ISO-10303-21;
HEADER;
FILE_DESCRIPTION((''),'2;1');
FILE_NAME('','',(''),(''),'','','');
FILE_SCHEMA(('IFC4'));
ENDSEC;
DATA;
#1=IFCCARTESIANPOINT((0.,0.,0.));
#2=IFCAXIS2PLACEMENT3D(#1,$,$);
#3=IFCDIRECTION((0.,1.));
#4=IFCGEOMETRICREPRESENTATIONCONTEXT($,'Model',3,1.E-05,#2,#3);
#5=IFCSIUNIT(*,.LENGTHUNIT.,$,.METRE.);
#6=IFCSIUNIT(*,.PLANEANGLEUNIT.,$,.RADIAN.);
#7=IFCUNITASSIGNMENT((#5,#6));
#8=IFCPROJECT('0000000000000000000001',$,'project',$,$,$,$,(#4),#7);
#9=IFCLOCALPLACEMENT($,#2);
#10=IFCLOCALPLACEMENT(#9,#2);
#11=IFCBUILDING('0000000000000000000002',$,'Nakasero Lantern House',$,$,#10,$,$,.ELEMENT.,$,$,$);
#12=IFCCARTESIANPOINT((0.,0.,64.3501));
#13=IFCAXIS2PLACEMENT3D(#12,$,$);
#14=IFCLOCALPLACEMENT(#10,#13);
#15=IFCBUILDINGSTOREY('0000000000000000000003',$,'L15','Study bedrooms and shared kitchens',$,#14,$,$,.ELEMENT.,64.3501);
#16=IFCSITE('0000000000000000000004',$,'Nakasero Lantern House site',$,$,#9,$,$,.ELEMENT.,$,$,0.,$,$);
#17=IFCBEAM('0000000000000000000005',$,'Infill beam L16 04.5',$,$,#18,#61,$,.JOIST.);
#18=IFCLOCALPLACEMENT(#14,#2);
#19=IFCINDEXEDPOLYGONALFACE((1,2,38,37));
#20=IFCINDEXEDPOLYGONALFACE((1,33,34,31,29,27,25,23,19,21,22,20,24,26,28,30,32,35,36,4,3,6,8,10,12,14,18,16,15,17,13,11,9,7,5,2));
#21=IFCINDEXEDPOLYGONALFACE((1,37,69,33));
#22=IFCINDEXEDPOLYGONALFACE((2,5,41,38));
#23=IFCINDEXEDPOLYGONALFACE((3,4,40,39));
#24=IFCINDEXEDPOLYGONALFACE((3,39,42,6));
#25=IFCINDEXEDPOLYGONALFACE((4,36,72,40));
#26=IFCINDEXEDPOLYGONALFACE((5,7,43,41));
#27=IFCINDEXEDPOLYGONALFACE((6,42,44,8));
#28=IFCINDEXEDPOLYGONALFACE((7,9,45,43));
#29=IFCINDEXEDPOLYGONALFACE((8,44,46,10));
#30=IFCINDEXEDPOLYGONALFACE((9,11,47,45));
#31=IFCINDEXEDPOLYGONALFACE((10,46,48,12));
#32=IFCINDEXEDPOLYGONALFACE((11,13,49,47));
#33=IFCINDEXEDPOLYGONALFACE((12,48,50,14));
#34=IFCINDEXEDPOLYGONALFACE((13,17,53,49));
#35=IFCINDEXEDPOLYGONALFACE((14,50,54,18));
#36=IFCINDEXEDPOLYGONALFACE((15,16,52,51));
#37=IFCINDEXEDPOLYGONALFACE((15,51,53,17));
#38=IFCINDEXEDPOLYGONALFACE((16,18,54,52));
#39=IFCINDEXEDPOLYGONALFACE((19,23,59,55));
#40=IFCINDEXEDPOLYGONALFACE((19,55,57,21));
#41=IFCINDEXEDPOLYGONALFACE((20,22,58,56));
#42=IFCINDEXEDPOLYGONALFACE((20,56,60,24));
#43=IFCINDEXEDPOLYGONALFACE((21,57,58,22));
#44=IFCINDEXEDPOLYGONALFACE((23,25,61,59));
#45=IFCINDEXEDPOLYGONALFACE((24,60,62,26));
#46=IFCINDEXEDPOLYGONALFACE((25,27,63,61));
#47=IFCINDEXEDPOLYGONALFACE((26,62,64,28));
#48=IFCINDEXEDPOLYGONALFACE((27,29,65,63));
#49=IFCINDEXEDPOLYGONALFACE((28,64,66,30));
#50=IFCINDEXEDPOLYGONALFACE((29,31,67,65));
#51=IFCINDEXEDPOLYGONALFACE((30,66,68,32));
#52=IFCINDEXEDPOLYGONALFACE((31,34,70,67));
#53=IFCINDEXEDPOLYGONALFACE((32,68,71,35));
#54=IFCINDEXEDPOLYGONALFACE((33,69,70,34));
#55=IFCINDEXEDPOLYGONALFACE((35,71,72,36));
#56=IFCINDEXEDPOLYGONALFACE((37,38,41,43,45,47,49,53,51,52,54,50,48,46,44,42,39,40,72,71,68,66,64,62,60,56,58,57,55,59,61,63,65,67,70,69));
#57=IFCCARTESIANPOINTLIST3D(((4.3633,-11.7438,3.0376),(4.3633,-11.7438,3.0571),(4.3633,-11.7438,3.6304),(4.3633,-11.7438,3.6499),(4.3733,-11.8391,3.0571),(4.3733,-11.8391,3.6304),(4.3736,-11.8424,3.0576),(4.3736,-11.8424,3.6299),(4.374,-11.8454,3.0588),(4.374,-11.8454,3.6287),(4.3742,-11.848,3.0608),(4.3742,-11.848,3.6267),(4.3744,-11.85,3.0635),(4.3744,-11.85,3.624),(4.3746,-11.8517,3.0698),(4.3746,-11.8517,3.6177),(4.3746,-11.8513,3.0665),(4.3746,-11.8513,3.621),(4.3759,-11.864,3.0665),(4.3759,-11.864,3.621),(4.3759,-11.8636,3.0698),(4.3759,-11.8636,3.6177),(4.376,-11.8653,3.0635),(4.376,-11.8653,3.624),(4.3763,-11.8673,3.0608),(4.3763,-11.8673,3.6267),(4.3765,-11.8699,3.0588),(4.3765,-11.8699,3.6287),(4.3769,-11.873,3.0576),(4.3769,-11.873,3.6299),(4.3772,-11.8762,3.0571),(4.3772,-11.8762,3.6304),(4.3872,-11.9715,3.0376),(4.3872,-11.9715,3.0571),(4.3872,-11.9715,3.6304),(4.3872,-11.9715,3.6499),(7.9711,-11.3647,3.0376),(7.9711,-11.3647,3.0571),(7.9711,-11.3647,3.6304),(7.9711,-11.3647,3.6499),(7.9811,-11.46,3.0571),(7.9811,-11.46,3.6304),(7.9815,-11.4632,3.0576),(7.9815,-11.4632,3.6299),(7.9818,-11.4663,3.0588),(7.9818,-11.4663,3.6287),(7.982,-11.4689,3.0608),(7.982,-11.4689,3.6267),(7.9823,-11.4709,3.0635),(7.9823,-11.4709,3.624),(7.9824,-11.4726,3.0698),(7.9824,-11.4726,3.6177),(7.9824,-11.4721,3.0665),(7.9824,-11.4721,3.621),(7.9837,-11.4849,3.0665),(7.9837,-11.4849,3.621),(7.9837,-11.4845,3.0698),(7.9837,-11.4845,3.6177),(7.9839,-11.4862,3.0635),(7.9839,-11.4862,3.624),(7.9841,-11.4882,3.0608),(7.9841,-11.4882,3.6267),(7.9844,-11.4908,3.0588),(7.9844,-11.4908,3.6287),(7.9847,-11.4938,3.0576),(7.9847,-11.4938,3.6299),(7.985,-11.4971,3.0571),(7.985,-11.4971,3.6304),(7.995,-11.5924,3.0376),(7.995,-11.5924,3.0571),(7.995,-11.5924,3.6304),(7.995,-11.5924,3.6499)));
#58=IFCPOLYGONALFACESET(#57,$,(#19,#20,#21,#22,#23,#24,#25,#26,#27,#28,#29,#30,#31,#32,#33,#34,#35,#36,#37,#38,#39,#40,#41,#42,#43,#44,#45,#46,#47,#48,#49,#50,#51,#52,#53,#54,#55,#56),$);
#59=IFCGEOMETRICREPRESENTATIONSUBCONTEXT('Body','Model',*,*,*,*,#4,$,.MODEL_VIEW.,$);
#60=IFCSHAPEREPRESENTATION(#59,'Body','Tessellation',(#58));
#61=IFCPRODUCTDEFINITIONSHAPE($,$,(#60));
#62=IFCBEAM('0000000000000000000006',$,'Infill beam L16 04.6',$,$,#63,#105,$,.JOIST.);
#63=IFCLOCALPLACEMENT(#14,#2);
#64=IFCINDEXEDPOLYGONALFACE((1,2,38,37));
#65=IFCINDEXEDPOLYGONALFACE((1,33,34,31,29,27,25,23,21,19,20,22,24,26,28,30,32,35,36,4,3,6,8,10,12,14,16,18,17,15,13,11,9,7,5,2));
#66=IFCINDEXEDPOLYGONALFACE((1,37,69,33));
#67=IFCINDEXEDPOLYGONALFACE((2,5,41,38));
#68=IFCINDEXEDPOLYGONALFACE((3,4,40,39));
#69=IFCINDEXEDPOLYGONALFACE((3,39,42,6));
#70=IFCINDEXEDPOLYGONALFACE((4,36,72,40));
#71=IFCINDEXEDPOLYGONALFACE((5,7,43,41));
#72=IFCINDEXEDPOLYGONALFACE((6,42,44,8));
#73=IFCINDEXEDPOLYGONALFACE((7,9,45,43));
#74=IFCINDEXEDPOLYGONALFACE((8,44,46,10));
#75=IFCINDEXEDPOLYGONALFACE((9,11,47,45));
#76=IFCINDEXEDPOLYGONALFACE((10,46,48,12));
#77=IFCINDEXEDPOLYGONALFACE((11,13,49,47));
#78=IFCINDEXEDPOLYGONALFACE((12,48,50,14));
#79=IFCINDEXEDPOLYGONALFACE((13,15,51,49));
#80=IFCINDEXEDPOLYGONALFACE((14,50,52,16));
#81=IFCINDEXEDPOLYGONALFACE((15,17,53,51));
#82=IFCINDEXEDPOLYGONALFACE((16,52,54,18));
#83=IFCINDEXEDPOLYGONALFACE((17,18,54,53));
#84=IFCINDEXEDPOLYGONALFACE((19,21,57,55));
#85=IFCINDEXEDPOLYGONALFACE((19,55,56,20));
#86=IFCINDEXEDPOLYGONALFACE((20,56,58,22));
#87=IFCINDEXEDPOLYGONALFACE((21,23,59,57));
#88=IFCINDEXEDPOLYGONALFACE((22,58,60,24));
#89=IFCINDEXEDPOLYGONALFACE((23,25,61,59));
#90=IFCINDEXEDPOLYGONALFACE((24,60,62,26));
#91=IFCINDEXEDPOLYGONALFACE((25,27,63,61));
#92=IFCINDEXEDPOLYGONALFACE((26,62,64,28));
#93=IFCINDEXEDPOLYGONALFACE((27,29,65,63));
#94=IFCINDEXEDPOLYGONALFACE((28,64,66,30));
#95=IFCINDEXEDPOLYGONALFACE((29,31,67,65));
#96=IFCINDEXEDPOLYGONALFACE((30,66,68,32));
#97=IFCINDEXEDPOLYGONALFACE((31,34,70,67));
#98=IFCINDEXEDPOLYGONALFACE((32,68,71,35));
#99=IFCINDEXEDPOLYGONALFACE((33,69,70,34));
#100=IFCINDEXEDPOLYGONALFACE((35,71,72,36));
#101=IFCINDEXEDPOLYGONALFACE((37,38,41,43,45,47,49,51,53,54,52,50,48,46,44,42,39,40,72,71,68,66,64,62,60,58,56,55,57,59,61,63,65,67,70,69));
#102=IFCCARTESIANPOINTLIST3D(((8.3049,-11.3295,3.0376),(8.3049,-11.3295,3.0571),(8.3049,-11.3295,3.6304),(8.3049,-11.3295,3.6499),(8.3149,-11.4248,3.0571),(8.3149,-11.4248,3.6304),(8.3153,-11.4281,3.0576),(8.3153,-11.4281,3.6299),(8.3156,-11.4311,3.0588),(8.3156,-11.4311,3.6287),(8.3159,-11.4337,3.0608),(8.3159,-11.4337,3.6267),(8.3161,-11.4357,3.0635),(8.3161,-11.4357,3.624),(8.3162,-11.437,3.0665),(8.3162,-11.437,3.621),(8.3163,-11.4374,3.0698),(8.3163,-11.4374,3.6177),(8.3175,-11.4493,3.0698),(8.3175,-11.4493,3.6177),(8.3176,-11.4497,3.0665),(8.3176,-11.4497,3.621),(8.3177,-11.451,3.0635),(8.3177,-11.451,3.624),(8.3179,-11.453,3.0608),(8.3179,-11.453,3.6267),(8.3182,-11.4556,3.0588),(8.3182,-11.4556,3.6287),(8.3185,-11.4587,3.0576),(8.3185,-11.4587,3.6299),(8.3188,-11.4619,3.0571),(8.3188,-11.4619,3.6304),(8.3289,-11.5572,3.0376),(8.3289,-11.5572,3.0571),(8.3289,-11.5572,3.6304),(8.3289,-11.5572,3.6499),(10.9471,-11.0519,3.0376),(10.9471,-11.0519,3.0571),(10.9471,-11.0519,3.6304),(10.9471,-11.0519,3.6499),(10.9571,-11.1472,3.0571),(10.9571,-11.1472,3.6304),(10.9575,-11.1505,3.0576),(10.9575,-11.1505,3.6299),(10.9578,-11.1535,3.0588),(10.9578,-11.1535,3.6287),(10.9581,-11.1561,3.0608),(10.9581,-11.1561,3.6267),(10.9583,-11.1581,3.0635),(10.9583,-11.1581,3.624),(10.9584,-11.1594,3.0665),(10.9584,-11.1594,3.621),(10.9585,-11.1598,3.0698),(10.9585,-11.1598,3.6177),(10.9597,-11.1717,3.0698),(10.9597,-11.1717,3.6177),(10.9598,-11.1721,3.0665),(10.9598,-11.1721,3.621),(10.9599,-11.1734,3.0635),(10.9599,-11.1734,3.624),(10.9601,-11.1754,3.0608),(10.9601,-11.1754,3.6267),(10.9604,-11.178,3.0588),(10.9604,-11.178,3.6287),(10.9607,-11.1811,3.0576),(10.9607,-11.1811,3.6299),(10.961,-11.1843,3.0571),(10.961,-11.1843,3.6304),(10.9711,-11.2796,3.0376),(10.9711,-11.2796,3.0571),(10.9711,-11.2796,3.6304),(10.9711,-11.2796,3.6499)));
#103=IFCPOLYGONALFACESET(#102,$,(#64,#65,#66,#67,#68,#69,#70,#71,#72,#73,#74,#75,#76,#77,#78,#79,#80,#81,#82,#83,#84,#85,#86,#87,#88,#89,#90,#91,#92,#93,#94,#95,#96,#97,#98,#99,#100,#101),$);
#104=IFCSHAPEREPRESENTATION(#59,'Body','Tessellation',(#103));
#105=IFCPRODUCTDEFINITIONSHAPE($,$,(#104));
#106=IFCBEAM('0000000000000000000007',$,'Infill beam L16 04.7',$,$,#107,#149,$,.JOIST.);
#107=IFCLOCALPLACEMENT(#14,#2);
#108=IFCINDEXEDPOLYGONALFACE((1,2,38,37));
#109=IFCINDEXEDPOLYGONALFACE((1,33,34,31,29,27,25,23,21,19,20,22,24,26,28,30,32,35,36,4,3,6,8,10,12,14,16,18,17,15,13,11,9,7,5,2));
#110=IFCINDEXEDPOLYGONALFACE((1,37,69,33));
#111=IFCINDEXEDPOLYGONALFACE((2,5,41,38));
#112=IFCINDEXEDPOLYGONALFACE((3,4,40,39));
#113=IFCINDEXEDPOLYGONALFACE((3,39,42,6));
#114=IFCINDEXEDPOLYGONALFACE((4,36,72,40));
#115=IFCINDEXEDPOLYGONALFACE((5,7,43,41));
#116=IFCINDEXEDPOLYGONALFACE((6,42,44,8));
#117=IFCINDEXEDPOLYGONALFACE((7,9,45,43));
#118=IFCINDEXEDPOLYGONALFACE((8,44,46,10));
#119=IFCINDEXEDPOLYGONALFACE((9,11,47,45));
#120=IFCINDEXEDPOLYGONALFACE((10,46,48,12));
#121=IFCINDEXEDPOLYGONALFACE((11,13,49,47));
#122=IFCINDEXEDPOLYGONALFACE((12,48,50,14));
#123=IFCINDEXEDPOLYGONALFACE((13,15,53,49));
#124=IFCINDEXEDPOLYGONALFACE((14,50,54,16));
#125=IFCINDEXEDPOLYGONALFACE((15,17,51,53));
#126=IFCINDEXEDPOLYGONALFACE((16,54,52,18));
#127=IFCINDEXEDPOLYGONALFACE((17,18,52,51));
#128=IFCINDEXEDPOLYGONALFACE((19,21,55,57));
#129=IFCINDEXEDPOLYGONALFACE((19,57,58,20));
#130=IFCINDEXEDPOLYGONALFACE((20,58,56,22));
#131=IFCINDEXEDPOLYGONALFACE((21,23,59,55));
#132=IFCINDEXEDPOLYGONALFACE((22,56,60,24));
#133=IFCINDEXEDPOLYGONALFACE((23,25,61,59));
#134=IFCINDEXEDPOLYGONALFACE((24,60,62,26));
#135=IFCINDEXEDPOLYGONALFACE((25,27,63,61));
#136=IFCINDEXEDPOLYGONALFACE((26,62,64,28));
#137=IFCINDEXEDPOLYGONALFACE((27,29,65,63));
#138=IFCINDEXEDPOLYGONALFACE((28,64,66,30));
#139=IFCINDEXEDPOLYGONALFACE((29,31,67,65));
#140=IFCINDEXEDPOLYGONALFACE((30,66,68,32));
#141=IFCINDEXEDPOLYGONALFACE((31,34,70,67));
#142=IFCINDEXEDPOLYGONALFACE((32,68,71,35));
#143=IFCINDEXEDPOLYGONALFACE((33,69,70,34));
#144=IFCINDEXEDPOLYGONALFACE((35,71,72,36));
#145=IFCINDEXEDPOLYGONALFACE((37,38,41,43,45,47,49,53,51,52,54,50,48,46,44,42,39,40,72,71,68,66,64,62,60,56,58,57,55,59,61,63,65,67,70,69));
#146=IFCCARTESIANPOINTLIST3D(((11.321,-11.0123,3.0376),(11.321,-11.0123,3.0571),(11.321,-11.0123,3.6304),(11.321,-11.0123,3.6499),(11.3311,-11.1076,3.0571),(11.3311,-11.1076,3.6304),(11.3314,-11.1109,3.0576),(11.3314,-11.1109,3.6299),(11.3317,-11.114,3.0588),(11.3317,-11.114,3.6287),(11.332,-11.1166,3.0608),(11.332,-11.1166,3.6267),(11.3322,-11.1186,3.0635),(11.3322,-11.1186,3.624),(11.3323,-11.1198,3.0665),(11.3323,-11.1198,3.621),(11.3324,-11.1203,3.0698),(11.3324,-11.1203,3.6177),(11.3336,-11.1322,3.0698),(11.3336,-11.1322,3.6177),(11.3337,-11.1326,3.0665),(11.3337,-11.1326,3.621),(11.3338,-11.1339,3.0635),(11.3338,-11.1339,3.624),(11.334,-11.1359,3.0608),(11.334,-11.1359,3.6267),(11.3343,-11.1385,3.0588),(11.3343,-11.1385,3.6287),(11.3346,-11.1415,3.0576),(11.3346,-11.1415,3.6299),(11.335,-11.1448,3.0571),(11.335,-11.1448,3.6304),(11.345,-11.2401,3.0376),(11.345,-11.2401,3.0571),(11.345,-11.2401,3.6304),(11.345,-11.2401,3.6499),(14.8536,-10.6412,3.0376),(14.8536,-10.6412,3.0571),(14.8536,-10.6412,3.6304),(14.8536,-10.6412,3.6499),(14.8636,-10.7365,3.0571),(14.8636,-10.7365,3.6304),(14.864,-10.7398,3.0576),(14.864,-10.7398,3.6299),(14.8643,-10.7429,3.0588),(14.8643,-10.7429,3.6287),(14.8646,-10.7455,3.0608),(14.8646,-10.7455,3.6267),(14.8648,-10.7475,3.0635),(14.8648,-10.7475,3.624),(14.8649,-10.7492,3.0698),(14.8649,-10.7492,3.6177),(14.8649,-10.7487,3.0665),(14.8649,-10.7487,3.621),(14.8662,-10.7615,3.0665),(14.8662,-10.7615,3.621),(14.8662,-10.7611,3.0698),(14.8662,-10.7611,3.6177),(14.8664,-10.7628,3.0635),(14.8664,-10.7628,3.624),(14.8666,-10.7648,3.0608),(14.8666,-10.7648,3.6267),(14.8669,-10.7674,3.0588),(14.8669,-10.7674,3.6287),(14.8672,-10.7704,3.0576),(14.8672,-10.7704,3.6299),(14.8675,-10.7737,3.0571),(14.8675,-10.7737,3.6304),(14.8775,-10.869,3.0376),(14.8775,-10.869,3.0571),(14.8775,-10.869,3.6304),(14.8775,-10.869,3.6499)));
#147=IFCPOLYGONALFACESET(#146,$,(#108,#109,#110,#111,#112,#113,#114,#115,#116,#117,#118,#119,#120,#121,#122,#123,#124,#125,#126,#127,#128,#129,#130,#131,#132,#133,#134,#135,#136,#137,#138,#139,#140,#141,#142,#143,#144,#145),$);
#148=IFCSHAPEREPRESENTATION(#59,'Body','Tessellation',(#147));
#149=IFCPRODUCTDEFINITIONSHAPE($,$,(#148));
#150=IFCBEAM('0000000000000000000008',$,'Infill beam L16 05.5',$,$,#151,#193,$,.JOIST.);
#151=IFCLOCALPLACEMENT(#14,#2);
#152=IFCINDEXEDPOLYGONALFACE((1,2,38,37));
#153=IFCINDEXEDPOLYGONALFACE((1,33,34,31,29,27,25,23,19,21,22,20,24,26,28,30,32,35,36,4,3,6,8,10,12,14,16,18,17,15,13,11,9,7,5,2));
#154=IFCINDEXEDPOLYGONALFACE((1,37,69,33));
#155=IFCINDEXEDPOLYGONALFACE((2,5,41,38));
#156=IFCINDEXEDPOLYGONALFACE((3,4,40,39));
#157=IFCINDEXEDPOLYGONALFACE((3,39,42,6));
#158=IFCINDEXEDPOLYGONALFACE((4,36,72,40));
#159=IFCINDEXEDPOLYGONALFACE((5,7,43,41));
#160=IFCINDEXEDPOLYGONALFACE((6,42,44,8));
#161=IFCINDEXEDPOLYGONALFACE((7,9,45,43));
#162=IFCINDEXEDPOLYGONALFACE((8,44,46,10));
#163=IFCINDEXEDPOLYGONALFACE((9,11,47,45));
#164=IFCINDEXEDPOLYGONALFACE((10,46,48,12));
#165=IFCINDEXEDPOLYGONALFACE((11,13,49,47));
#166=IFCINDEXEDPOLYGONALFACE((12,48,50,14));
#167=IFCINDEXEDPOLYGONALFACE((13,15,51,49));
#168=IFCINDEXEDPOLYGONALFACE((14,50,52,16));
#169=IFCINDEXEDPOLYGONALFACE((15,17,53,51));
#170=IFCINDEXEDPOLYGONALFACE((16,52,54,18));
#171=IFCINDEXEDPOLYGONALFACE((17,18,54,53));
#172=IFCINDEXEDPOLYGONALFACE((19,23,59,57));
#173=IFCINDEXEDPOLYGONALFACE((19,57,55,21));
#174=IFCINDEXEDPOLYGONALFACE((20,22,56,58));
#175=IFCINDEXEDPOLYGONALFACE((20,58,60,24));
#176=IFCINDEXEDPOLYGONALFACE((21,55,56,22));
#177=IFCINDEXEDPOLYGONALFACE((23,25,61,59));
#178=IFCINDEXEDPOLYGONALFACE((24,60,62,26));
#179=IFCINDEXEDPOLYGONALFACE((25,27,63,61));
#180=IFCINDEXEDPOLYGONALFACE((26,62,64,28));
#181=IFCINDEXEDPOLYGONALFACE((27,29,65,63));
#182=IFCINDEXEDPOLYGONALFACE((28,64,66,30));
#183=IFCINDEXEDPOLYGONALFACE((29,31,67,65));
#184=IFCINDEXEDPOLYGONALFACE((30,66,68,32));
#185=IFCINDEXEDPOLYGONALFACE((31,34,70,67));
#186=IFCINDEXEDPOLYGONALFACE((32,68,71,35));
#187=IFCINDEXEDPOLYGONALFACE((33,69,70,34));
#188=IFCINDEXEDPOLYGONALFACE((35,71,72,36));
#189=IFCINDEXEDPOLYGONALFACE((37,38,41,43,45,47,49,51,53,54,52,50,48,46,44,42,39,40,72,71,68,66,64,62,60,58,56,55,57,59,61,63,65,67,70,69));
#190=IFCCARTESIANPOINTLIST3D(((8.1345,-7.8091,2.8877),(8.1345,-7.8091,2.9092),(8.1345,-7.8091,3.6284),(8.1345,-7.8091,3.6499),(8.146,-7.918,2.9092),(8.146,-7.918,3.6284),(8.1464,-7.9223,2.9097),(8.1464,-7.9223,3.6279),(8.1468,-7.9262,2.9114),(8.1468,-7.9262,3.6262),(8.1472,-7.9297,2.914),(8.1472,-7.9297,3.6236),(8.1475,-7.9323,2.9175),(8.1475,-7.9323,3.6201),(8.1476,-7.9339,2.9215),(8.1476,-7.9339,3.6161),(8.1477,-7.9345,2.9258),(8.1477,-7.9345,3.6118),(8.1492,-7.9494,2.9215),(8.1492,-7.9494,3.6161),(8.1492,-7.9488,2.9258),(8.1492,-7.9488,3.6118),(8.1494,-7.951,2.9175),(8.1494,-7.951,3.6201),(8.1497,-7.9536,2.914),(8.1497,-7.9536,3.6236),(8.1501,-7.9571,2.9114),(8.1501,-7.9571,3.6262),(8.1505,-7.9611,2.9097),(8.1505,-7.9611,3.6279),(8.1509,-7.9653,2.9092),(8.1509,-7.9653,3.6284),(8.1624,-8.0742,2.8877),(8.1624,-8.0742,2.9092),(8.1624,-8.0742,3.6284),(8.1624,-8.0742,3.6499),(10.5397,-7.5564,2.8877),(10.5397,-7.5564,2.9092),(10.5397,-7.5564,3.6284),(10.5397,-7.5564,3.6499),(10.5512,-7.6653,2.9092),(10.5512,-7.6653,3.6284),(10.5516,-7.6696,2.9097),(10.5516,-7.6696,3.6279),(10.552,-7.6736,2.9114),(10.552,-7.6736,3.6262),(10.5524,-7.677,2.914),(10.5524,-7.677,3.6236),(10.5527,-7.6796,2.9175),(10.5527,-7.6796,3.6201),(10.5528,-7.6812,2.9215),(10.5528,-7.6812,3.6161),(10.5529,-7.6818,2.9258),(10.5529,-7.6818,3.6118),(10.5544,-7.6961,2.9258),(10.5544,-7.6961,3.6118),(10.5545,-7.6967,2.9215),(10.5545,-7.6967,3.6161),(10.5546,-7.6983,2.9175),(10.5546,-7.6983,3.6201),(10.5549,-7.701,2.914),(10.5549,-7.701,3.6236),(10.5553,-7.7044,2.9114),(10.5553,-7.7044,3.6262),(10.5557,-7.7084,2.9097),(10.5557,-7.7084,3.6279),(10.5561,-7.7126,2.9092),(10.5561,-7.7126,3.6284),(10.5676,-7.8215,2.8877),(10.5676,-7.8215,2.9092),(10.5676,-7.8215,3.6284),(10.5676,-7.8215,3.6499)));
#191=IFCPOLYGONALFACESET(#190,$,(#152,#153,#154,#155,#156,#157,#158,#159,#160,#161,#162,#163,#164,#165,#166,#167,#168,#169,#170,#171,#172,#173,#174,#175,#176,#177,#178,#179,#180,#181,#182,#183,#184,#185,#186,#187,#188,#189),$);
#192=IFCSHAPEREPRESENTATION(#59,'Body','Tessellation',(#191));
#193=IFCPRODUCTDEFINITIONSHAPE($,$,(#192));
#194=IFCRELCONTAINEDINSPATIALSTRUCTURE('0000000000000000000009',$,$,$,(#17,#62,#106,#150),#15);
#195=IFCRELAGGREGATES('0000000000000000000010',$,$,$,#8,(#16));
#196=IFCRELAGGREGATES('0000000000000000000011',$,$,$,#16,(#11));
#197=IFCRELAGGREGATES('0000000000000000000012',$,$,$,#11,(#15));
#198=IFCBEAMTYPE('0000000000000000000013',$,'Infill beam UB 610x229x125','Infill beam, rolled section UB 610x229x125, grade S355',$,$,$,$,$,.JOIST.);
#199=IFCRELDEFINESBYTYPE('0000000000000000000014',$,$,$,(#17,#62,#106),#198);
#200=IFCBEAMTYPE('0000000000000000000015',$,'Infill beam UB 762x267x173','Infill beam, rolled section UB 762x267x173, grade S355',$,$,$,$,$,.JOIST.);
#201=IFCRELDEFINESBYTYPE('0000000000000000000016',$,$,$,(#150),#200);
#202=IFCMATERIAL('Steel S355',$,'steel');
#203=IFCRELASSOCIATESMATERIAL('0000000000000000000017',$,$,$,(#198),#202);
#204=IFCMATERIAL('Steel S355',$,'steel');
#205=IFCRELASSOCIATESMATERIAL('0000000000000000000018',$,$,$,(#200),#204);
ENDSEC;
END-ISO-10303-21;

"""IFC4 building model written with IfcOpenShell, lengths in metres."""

from ifc_helpers import new_model, si_unit, direction, frame, origin, origin_2d, place, context, subcontext, project, spatial, i_section, extrude, material, material_profile, profile_set, type_object, element, save


model = new_model("IFC4")

# Units and contexts
model_context = context("Model", 3, precision=1e-05, world=origin(), true_north=direction((0.0, 1.0)))
body_context = subcontext(model_context, "Body", "Model", "MODEL_VIEW")
ifc_project = project(units=[si_unit("LENGTHUNIT", "METRE"), si_unit("PLANEANGLEUNIT", "RADIAN")], contexts=[model_context])

# Site, building, storey
site_placement = place(None, origin())
site = spatial("IfcSite", under=ifc_project, at=site_placement, Name="Nakasero Lantern House site", CompositionType="ELEMENT", RefElevation=0.0)
building_placement = place(site_placement, origin())
building = spatial("IfcBuilding", under=site, at=building_placement, Name="Nakasero Lantern House", CompositionType="ELEMENT")
storey_placement = place(building_placement, frame((0.0, 0.0, 64.3501)))
storey = spatial("IfcBuildingStorey", under=building, at=storey_placement, Name="L15", Description="Study bedrooms and shared kitchens", CompositionType="ELEMENT", Elevation=64.3501)

# Beams
ifc_material_1 = material(Name="Steel S355", Category="steel")
ifc_material_profile_1 = material_profile(ifc_material_1, i_section(OverallWidth=0.229, OverallDepth=0.6123, WebThickness=0.012, FlangeThickness=0.0195, FilletRadius=0.0127, at=origin_2d()), Name="UB 610x229x125")
ifc_profile_set_1 = profile_set([ifc_material_profile_1], Name="Steel S355")
beam_type_1 = type_object("IfcBeamType", Name="Infill beam UB 610x229x125", Description="Infill beam, rolled section UB 610x229x125, grade S355", PredefinedType="JOIST", material=ifc_profile_set_1)
beam_1_placement = place(storey_placement, frame((4.3752, -11.8577, 3.3438), z_axis=(0.994524, 0.104513, 0.0), x_axis=(-0.104513, 0.994524, 0.0)))
element("IfcBeam", 1, at=beam_1_placement, inside=storey, type_object=beam_type_1, Name="Infill beam L16 04.5", PredefinedType="JOIST", context=body_context, shape_type="SweptSolid", body=[
    extrude(i_section(OverallWidth=0.229, OverallDepth=0.6123, WebThickness=0.012, FlangeThickness=0.0195, FilletRadius=0.0127, at=origin_2d()), origin(), (0.0, 0.0, 1.0), 3.6277),
])
beam_2_placement = place(storey_placement, frame((8.3169, -11.4434, 3.3438), z_axis=(0.994526, 0.104489, 0.0), x_axis=(-0.104489, 0.994526, 0.0)))
element("IfcBeam", 2, at=beam_2_placement, inside=storey, type_object=beam_type_1, Name="Infill beam L16 04.6", PredefinedType="JOIST", context=body_context, shape_type="SweptSolid", body=[
    extrude(i_section(OverallWidth=0.229, OverallDepth=0.6123, WebThickness=0.012, FlangeThickness=0.0195, FilletRadius=0.0127, at=origin_2d()), origin(), (0.0, 0.0, 1.0), 2.6567),
])
beam_3_placement = place(storey_placement, frame((11.333, -11.1262, 3.3438), z_axis=(0.994527, 0.104477, 0.0), x_axis=(-0.104477, 0.994527, 0.0)))
element("IfcBeam", 3, at=beam_3_placement, inside=storey, type_object=beam_type_1, Name="Infill beam L16 04.7", PredefinedType="JOIST", context=body_context, shape_type="SweptSolid", body=[
    extrude(i_section(OverallWidth=0.229, OverallDepth=0.6123, WebThickness=0.012, FlangeThickness=0.0195, FilletRadius=0.0127, at=origin_2d()), origin(), (0.0, 0.0, 1.0), 3.552),
])
ifc_material_2 = material(Name="Steel S355", Category="steel")
ifc_material_profile_2 = material_profile(ifc_material_2, i_section(OverallWidth=0.2666, OverallDepth=0.7622, WebThickness=0.0144, FlangeThickness=0.0215, FilletRadius=0.0166, at=origin_2d()), Name="UB 762x267x173")
ifc_profile_set_2 = profile_set([ifc_material_profile_2], Name="Steel S355")
beam_type_2 = type_object("IfcBeamType", Name="Infill beam UB 762x267x173", Description="Infill beam, rolled section UB 762x267x173, grade S355", PredefinedType="JOIST", material=ifc_profile_set_2)
beam_4_placement = place(storey_placement, frame((8.1484, -7.9417, 3.2688), z_axis=(0.994527, 0.10448, 0.0), x_axis=(-0.10448, 0.994527, 0.0)))
element("IfcBeam", 4, at=beam_4_placement, inside=storey, type_object=beam_type_2, Name="Infill beam L16 05.5", PredefinedType="JOIST", context=body_context, shape_type="SweptSolid", body=[
    extrude(i_section(OverallWidth=0.2666, OverallDepth=0.7622, WebThickness=0.0144, FlangeThickness=0.0215, FilletRadius=0.0166, at=origin_2d()), origin(), (0.0, 0.0, 1.0), 2.4185),
])

save(model, "model.ifc")
